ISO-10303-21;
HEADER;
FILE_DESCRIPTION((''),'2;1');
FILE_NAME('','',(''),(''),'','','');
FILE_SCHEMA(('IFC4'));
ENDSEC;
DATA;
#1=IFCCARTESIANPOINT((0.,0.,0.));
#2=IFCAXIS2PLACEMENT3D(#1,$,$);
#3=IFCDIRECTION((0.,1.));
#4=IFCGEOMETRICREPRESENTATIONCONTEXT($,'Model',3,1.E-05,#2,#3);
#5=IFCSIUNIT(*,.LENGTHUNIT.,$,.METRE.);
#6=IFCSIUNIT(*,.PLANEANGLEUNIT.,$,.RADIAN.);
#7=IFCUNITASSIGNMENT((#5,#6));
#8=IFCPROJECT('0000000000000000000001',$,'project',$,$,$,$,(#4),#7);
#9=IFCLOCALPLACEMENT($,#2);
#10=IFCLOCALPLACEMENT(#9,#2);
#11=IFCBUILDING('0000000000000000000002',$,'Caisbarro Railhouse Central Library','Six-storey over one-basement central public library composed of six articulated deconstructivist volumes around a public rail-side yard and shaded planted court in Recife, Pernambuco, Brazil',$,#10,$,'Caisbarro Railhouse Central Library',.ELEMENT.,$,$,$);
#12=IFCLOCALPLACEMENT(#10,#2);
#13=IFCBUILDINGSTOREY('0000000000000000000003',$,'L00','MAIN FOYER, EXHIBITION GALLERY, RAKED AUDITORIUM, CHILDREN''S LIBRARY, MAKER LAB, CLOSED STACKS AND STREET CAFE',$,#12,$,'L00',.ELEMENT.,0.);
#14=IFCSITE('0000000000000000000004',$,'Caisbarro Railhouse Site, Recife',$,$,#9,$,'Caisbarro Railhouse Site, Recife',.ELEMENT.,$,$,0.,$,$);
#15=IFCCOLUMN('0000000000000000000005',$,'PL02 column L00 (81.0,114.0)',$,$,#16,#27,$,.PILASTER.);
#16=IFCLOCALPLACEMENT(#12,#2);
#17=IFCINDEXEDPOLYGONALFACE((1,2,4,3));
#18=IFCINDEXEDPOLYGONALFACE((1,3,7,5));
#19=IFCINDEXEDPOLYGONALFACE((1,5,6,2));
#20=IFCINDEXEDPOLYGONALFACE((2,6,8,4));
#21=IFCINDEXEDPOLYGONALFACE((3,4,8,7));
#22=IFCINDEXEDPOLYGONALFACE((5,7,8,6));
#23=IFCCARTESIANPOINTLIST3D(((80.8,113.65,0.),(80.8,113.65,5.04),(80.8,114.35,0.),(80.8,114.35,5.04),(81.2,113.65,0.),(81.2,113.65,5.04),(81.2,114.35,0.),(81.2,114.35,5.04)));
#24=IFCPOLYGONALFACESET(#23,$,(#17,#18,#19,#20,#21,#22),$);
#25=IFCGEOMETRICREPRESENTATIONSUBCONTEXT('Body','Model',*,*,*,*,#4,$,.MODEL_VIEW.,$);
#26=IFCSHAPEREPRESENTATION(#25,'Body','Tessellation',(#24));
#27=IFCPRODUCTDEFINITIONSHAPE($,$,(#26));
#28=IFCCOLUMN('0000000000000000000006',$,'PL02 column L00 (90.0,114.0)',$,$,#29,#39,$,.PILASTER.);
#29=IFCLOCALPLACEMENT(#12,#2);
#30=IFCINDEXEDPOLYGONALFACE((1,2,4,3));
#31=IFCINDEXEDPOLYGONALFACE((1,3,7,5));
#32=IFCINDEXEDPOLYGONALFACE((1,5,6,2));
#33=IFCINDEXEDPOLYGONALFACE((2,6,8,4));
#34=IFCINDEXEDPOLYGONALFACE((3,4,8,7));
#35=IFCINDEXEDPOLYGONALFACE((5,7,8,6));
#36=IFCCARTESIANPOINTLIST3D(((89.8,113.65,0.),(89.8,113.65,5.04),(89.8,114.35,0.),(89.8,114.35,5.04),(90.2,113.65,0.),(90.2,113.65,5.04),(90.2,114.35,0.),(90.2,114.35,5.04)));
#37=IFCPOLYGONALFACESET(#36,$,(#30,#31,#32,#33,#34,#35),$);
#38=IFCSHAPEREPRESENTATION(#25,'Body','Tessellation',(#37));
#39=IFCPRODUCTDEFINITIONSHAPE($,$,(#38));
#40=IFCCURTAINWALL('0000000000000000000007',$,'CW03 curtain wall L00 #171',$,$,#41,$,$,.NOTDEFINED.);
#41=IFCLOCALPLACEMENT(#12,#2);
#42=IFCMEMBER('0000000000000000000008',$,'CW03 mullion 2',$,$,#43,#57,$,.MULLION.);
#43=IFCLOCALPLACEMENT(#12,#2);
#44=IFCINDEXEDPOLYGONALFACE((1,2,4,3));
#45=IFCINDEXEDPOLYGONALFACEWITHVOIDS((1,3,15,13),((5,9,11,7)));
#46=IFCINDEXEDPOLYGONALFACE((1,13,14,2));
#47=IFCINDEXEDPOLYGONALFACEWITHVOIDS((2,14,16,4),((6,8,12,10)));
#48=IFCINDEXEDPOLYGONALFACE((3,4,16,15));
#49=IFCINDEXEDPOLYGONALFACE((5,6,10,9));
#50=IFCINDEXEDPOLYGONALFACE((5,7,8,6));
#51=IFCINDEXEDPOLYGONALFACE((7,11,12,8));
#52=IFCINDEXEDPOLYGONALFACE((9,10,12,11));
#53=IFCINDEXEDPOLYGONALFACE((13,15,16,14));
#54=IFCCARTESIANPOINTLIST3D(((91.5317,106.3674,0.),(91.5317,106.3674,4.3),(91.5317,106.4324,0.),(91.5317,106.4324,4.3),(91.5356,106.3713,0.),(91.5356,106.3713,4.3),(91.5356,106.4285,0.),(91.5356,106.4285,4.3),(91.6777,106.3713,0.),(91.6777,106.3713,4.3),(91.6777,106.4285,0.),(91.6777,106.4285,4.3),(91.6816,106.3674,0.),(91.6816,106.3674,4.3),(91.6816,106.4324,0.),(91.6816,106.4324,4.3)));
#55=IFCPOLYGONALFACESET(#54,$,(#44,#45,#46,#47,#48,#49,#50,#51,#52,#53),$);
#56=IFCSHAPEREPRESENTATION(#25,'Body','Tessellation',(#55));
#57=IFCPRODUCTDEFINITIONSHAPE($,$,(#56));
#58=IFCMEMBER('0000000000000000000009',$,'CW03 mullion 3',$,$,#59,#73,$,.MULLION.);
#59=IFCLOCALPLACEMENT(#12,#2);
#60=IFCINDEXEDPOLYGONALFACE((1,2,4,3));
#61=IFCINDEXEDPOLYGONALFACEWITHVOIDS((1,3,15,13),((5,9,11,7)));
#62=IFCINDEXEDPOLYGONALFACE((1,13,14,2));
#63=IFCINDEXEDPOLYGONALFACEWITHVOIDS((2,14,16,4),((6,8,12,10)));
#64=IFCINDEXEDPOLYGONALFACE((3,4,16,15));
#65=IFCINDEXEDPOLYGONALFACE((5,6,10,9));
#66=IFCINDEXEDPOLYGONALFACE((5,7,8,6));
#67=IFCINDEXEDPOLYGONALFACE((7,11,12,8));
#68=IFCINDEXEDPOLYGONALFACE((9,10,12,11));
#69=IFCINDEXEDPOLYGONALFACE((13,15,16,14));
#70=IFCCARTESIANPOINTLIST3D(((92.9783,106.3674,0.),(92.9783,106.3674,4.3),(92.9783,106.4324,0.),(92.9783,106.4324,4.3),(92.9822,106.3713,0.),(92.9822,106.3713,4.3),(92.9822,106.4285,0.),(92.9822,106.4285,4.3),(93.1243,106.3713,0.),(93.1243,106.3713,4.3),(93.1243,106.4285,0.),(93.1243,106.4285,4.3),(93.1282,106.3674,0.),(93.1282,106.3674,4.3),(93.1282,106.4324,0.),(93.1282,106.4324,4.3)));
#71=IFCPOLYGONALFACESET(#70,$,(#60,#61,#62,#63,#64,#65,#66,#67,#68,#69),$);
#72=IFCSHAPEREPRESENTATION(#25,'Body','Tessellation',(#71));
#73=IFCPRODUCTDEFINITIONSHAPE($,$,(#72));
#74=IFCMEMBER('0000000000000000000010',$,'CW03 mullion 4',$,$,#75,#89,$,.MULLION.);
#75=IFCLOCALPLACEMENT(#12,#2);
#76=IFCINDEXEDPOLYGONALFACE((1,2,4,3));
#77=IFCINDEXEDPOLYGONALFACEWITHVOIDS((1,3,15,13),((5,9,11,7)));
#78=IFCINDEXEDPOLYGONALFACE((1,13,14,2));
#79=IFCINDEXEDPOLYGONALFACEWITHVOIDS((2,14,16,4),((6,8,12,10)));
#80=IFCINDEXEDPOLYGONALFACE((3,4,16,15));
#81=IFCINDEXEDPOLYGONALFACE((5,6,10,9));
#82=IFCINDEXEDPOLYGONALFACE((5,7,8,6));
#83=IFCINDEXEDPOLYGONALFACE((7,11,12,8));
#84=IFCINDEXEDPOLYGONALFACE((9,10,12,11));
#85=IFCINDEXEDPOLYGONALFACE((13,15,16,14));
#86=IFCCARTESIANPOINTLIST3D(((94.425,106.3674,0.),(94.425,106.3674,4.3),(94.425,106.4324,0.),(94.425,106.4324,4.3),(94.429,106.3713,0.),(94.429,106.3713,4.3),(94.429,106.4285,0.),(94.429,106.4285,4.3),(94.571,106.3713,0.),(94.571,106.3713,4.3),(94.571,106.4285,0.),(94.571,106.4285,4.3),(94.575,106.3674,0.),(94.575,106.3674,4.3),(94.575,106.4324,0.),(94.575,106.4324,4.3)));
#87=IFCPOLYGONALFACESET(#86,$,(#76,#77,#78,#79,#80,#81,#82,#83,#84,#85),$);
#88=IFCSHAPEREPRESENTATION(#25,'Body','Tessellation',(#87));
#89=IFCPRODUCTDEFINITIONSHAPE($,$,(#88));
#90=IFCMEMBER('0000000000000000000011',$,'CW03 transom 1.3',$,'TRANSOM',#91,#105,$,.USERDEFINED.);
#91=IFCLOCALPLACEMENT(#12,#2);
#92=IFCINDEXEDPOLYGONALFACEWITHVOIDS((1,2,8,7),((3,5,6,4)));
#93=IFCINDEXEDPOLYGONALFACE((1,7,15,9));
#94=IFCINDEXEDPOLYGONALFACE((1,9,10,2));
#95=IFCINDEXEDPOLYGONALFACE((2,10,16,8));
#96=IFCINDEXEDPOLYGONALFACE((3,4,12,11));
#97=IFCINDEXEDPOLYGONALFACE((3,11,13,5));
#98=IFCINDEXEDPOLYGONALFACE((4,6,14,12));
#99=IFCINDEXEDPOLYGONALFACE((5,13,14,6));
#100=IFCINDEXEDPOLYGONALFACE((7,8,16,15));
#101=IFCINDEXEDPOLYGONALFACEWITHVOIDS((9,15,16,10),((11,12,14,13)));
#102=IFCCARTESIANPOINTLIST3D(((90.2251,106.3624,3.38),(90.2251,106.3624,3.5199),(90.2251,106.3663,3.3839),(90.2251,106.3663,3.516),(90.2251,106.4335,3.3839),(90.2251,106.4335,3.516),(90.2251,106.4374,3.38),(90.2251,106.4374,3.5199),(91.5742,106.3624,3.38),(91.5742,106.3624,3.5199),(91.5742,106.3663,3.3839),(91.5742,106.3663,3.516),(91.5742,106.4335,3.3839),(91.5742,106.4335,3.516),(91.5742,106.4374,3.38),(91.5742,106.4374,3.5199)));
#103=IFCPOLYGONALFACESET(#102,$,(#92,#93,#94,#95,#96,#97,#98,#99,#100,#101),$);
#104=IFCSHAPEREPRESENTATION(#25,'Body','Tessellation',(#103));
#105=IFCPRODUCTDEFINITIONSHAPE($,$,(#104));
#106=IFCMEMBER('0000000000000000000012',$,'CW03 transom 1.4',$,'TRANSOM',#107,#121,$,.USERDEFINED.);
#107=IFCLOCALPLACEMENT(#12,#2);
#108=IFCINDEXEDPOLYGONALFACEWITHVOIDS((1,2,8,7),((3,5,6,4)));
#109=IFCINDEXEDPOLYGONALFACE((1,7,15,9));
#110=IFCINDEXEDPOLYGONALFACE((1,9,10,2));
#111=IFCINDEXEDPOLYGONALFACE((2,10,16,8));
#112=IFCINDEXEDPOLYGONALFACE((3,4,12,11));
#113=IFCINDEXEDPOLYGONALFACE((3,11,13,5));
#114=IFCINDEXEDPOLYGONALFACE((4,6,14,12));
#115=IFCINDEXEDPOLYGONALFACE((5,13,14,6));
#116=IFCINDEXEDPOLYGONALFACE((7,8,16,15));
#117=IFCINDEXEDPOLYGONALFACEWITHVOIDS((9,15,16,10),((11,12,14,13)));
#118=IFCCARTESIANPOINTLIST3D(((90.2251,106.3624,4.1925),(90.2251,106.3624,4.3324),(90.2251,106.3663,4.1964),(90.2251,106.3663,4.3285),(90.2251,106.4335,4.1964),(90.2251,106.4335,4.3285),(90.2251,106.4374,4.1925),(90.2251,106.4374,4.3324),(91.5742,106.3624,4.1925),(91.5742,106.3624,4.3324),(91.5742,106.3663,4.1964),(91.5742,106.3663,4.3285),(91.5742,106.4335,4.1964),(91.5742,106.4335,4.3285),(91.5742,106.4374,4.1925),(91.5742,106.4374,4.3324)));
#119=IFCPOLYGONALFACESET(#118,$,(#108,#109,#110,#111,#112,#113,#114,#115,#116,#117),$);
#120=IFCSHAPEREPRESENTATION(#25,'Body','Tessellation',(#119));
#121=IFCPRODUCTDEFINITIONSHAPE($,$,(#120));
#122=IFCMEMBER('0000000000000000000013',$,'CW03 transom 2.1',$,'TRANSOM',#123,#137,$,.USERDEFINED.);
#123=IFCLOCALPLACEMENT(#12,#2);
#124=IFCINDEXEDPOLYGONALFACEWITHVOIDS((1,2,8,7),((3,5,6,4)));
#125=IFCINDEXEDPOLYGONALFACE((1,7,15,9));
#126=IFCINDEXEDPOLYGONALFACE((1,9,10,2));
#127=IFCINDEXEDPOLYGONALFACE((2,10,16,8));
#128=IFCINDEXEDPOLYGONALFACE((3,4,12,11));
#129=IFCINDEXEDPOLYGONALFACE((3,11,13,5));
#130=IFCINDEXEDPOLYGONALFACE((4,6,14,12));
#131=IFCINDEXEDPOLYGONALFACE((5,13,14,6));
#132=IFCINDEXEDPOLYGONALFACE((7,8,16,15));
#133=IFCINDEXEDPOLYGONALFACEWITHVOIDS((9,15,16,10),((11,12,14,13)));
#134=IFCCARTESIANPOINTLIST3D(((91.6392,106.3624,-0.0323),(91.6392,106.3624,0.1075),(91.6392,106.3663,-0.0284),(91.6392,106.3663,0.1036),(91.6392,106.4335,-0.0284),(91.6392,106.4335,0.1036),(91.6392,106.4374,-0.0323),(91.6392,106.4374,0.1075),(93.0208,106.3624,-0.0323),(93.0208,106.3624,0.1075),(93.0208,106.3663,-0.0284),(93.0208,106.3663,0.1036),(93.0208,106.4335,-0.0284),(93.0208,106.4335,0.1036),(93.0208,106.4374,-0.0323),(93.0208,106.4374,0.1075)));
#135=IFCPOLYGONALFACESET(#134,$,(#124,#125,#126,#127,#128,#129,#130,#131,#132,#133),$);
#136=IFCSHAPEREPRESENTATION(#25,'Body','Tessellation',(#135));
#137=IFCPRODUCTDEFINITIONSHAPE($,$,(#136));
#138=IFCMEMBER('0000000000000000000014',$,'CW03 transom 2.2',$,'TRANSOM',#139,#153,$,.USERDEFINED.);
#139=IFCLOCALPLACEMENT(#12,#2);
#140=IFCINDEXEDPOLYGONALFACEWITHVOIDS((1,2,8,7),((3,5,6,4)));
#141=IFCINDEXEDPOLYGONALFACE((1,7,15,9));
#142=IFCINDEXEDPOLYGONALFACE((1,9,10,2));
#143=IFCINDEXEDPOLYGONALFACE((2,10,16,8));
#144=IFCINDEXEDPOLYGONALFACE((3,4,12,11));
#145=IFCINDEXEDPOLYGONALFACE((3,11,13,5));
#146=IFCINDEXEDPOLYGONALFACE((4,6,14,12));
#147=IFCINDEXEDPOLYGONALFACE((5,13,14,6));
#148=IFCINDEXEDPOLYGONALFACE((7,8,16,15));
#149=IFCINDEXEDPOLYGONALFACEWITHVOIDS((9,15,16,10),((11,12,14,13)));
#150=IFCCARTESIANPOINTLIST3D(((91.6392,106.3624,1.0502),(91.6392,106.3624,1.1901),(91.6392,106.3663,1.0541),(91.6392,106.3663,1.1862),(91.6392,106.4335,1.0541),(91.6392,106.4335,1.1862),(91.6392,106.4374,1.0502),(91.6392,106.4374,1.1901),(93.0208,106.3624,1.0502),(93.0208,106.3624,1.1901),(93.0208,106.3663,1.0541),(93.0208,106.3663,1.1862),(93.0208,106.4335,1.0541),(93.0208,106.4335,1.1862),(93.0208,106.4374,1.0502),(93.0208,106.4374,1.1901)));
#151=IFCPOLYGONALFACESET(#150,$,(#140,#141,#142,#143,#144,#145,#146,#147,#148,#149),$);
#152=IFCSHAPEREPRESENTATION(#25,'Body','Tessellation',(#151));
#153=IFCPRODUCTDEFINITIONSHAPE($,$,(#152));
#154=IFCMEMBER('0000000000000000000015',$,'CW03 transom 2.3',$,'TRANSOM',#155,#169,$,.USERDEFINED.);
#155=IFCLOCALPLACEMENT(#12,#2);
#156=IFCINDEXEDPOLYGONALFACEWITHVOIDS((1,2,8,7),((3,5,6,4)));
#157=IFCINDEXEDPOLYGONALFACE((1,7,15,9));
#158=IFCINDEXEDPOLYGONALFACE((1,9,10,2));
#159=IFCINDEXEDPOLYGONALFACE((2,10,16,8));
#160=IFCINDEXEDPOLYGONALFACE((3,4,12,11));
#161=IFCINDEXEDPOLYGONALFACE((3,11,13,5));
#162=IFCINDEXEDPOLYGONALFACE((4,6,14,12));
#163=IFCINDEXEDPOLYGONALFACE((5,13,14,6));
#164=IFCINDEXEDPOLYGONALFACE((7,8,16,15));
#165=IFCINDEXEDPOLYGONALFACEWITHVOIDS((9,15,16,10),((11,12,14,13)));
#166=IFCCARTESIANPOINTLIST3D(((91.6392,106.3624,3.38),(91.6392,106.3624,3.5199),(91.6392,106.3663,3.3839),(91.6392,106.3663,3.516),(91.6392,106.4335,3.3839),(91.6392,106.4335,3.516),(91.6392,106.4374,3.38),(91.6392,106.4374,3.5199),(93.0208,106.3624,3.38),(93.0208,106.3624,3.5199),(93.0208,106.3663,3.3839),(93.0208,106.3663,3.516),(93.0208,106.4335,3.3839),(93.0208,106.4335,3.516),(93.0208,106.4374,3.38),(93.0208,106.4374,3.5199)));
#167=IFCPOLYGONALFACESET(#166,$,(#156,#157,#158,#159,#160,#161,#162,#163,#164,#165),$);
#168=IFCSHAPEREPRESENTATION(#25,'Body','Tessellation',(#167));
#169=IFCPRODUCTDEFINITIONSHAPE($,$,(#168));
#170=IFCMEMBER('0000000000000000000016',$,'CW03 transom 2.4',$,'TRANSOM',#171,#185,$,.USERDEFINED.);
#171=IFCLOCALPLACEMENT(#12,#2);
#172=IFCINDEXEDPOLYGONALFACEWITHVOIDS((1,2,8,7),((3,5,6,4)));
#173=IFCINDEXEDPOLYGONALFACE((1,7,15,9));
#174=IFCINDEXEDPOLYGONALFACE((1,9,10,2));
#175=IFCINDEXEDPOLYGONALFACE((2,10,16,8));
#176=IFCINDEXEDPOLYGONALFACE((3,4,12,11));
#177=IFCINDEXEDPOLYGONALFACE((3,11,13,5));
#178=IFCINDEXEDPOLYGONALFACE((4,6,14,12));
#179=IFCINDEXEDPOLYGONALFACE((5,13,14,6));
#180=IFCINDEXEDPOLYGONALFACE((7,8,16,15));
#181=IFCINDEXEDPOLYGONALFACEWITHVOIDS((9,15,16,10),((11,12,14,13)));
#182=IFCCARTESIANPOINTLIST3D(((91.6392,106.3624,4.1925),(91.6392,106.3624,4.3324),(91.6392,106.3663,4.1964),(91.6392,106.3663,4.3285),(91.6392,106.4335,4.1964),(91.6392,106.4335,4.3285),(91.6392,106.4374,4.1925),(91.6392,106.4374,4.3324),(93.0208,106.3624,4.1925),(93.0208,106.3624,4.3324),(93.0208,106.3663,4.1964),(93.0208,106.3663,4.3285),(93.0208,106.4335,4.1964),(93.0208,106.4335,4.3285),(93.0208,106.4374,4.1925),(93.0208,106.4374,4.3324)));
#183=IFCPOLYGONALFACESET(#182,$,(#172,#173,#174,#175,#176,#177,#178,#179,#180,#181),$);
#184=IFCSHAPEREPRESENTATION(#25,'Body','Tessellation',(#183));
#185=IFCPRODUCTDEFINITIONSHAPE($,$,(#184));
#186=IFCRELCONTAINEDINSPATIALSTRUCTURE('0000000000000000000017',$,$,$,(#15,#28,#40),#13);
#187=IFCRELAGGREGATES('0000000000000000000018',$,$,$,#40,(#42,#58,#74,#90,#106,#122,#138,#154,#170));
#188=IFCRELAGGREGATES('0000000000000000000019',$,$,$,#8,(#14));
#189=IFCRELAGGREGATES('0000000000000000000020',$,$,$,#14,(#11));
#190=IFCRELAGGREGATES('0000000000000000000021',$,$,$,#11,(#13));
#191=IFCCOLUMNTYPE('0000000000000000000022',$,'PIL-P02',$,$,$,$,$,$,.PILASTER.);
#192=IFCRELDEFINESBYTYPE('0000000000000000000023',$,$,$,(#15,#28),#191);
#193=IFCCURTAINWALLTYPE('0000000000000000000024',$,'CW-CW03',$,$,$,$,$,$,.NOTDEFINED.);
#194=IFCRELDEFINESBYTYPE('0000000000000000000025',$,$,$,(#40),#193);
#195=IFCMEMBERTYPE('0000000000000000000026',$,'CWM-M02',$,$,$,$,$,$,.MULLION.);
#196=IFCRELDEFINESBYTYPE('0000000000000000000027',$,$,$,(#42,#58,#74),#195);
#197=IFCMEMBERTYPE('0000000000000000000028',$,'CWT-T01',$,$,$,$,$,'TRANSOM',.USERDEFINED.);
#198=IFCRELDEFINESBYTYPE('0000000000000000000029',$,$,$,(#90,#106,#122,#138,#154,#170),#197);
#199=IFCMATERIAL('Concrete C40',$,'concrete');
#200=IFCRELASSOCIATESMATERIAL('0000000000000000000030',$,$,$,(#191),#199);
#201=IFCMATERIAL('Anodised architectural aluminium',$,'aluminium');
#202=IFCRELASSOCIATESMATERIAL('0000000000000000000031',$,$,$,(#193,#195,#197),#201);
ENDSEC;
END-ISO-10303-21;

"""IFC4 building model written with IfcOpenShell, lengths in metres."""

from ifc_helpers import new_model, si_unit, direction, frame, origin, origin_2d, place, context, subcontext, project, spatial, rectangle, hollow_rectangle, extrude, material, material_profile, profile_set, type_object, element, aggregate, save


model = new_model("IFC4")

# Units and contexts
model_context = context("Model", 3, precision=1e-05, world=origin(), true_north=direction((0.0, 1.0)))
body_context = subcontext(model_context, "Body", "Model", "MODEL_VIEW")
ifc_project = project(units=[si_unit("LENGTHUNIT", "METRE"), si_unit("PLANEANGLEUNIT", "RADIAN")], contexts=[model_context])

# Site, building, storey
site_placement = place(None, origin())
site = spatial("IfcSite", under=ifc_project, at=site_placement, Name="Caisbarro Railhouse Site, Recife", LongName="Caisbarro Railhouse Site, Recife", CompositionType="ELEMENT", RefElevation=0.0)
building_placement = place(site_placement, origin())
building = spatial("IfcBuilding", under=site, at=building_placement, Name="Caisbarro Railhouse Central Library", Description="Six-storey over one-basement central public library composed of six articulated deconstructivist volumes around a public rail-side yard and shaded planted court in Recife, Pernambuco, Brazil", LongName="Caisbarro Railhouse Central Library", CompositionType="ELEMENT")
storey_placement = place(building_placement, origin())
storey = spatial("IfcBuildingStorey", under=building, at=storey_placement, Name="L00", Description="MAIN FOYER, EXHIBITION GALLERY, RAKED AUDITORIUM, CHILDREN'S LIBRARY, MAKER LAB, CLOSED STACKS AND STREET CAFE", LongName="L00", CompositionType="ELEMENT", Elevation=0.0)

# Columns
ifc_material_1 = material(Name="Concrete C40", Category="concrete")
ifc_material_profile_1 = material_profile(ifc_material_1, rectangle(XDim=0.3999, YDim=0.7, at=origin_2d()), Name="RC-PIL-400X700")
ifc_profile_set_1 = profile_set([ifc_material_profile_1], Name="Concrete C40")
column_type = type_object("IfcColumnType", Name="PIL-P02", PredefinedType="PILASTER", material=ifc_profile_set_1)
for number, where, z_axis, x_axis, name in (
    (1, (81.0, 114.0, 0.0), (0.0, 0.0, 1.0), (1.0, 0.0, 0.0), "PL02 column L00 (81.0,114.0)"),
    (2, (90.0, 114.0, 0.0), (0.0, 0.0, 1.0), (1.0, 0.0, 0.0), "PL02 column L00 (90.0,114.0)"),
):
    element("IfcColumn", number, at=place(storey_placement, frame(where, z_axis=z_axis, x_axis=x_axis)), inside=storey, type_object=column_type, Name=name, PredefinedType="PILASTER", context=body_context, shape_type="SweptSolid", body=[
        extrude(rectangle(XDim=0.3999, YDim=0.7, at=origin_2d()), origin(), (0.0, 0.0, 1.0), 5.04),
    ])

# Curtain wall, members
ifc_material_2 = material(Name="Anodised architectural aluminium", Category="aluminium")
curtain_wall_type = type_object("IfcCurtainWallType", Name="CW-CW03", PredefinedType="NOTDEFINED", material=ifc_material_2)
curtain_wall_placement = place(storey_placement, origin())
curtain_wall = element("IfcCurtainWall", 3, at=curtain_wall_placement, inside=storey, type_object=curtain_wall_type, Name="CW03 curtain wall L00 #171", PredefinedType="NOTDEFINED")
ifc_material_profile_2 = material_profile(ifc_material_2, hollow_rectangle(XDim=0.0649, YDim=0.1499, WallThickness=0.0039, at=origin_2d()), Name="ALU-MUL-65X150")
ifc_profile_set_2 = profile_set([ifc_material_profile_2], Name="Anodised architectural aluminium")
member_type_1 = type_object("IfcMemberType", Name="CWM-M02", PredefinedType="MULLION", material=ifc_profile_set_2)
member_1_placement = place(storey_placement, frame((91.6067, 106.3999, 0.0), z_axis=(0.0, 0.0, 1.0), x_axis=(0.0, 1.0, 0.0)))
member_1 = element("IfcMember", 4, at=member_1_placement, type_object=member_type_1, Name="CW03 mullion 2", PredefinedType="MULLION", context=body_context, shape_type="SweptSolid", body=[
    extrude(hollow_rectangle(XDim=0.0649, YDim=0.1499, WallThickness=0.0039, at=origin_2d()), origin(), (0.0, 0.0, 1.0), 4.3),
])
member_2_placement = place(storey_placement, frame((93.0532, 106.3999, 0.0), z_axis=(0.0, 0.0, 1.0), x_axis=(0.0, 1.0, 0.0)))
member_2 = element("IfcMember", 5, at=member_2_placement, type_object=member_type_1, Name="CW03 mullion 3", PredefinedType="MULLION", context=body_context, shape_type="SweptSolid", body=[
    extrude(hollow_rectangle(XDim=0.0649, YDim=0.1499, WallThickness=0.0039, at=origin_2d()), origin(), (0.0, 0.0, 1.0), 4.3),
])
member_3_placement = place(storey_placement, frame((94.5, 106.3999, 0.0), z_axis=(0.0, 0.0, 1.0), x_axis=(0.0, 1.0, 0.0)))
member_3 = element("IfcMember", 6, at=member_3_placement, type_object=member_type_1, Name="CW03 mullion 4", PredefinedType="MULLION", context=body_context, shape_type="SweptSolid", body=[
    extrude(hollow_rectangle(XDim=0.0649, YDim=0.1499, WallThickness=0.0039, at=origin_2d()), origin(), (0.0, 0.0, 1.0), 4.3),
])
ifc_material_profile_3 = material_profile(ifc_material_2, hollow_rectangle(XDim=0.075, YDim=0.1399, WallThickness=0.0039, at=origin_2d()), Name="ALU-TRN-75X140")
ifc_profile_set_3 = profile_set([ifc_material_profile_3], Name="Anodised architectural aluminium")
member_type_2 = type_object("IfcMemberType", Name="CWT-T01", ElementType="TRANSOM", PredefinedType="USERDEFINED", material=ifc_profile_set_3)
member_4_placement = place(storey_placement, frame((90.2251, 106.3999, 3.45), z_axis=(1.0, 0.0, 0.0), x_axis=(0.0, 1.0, 0.0)))
member_4 = element("IfcMember", 7, at=member_4_placement, type_object=member_type_2, Name="CW03 transom 1.3", ObjectType="TRANSOM", PredefinedType="USERDEFINED", context=body_context, shape_type="SweptSolid", body=[
    extrude(hollow_rectangle(XDim=0.075, YDim=0.1399, WallThickness=0.0039, at=origin_2d()), origin(), (0.0, 0.0, 1.0), 1.3491),
])
member_5_placement = place(storey_placement, frame((90.2251, 106.3999, 4.2625), z_axis=(1.0, 0.0, 0.0), x_axis=(0.0, 1.0, 0.0)))
member_5 = element("IfcMember", 8, at=member_5_placement, type_object=member_type_2, Name="CW03 transom 1.4", ObjectType="TRANSOM", PredefinedType="USERDEFINED", context=body_context, shape_type="SweptSolid", body=[
    extrude(hollow_rectangle(XDim=0.075, YDim=0.1399, WallThickness=0.0039, at=origin_2d()), origin(), (0.0, 0.0, 1.0), 1.3491),
])
member_6_placement = place(storey_placement, frame((91.6392, 106.3999, 0.0376), z_axis=(1.0, 0.0, 0.0), x_axis=(0.0, 1.0, 0.0)))
member_6 = element("IfcMember", 9, at=member_6_placement, type_object=member_type_2, Name="CW03 transom 2.1", ObjectType="TRANSOM", PredefinedType="USERDEFINED", context=body_context, shape_type="SweptSolid", body=[
    extrude(hollow_rectangle(XDim=0.075, YDim=0.1399, WallThickness=0.0039, at=origin_2d()), origin(), (0.0, 0.0, 1.0), 1.3816),
])
member_7_placement = place(storey_placement, frame((91.6392, 106.3999, 1.1201), z_axis=(1.0, 0.0, 0.0), x_axis=(0.0, 1.0, 0.0)))
member_7 = element("IfcMember", 10, at=member_7_placement, type_object=member_type_2, Name="CW03 transom 2.2", ObjectType="TRANSOM", PredefinedType="USERDEFINED", context=body_context, shape_type="SweptSolid", body=[
    extrude(hollow_rectangle(XDim=0.075, YDim=0.1399, WallThickness=0.0039, at=origin_2d()), origin(), (0.0, 0.0, 1.0), 1.3816),
])
member_8_placement = place(storey_placement, frame((91.6392, 106.3999, 3.45), z_axis=(1.0, 0.0, 0.0), x_axis=(0.0, 1.0, 0.0)))
member_8 = element("IfcMember", 11, at=member_8_placement, type_object=member_type_2, Name="CW03 transom 2.3", ObjectType="TRANSOM", PredefinedType="USERDEFINED", context=body_context, shape_type="SweptSolid", body=[
    extrude(hollow_rectangle(XDim=0.075, YDim=0.1399, WallThickness=0.0039, at=origin_2d()), origin(), (0.0, 0.0, 1.0), 1.3816),
])
member_9_placement = place(storey_placement, frame((91.6392, 106.3999, 4.2625), z_axis=(1.0, 0.0, 0.0), x_axis=(0.0, 1.0, 0.0)))
member_9 = element("IfcMember", 12, at=member_9_placement, type_object=member_type_2, Name="CW03 transom 2.4", ObjectType="TRANSOM", PredefinedType="USERDEFINED", context=body_context, shape_type="SweptSolid", body=[
    extrude(hollow_rectangle(XDim=0.075, YDim=0.1399, WallThickness=0.0039, at=origin_2d()), origin(), (0.0, 0.0, 1.0), 1.3816),
])
aggregate(curtain_wall, [member_1, member_2, member_3, member_4, member_5, member_6, member_7, member_8, member_9])

save(model, "model.ifc")
